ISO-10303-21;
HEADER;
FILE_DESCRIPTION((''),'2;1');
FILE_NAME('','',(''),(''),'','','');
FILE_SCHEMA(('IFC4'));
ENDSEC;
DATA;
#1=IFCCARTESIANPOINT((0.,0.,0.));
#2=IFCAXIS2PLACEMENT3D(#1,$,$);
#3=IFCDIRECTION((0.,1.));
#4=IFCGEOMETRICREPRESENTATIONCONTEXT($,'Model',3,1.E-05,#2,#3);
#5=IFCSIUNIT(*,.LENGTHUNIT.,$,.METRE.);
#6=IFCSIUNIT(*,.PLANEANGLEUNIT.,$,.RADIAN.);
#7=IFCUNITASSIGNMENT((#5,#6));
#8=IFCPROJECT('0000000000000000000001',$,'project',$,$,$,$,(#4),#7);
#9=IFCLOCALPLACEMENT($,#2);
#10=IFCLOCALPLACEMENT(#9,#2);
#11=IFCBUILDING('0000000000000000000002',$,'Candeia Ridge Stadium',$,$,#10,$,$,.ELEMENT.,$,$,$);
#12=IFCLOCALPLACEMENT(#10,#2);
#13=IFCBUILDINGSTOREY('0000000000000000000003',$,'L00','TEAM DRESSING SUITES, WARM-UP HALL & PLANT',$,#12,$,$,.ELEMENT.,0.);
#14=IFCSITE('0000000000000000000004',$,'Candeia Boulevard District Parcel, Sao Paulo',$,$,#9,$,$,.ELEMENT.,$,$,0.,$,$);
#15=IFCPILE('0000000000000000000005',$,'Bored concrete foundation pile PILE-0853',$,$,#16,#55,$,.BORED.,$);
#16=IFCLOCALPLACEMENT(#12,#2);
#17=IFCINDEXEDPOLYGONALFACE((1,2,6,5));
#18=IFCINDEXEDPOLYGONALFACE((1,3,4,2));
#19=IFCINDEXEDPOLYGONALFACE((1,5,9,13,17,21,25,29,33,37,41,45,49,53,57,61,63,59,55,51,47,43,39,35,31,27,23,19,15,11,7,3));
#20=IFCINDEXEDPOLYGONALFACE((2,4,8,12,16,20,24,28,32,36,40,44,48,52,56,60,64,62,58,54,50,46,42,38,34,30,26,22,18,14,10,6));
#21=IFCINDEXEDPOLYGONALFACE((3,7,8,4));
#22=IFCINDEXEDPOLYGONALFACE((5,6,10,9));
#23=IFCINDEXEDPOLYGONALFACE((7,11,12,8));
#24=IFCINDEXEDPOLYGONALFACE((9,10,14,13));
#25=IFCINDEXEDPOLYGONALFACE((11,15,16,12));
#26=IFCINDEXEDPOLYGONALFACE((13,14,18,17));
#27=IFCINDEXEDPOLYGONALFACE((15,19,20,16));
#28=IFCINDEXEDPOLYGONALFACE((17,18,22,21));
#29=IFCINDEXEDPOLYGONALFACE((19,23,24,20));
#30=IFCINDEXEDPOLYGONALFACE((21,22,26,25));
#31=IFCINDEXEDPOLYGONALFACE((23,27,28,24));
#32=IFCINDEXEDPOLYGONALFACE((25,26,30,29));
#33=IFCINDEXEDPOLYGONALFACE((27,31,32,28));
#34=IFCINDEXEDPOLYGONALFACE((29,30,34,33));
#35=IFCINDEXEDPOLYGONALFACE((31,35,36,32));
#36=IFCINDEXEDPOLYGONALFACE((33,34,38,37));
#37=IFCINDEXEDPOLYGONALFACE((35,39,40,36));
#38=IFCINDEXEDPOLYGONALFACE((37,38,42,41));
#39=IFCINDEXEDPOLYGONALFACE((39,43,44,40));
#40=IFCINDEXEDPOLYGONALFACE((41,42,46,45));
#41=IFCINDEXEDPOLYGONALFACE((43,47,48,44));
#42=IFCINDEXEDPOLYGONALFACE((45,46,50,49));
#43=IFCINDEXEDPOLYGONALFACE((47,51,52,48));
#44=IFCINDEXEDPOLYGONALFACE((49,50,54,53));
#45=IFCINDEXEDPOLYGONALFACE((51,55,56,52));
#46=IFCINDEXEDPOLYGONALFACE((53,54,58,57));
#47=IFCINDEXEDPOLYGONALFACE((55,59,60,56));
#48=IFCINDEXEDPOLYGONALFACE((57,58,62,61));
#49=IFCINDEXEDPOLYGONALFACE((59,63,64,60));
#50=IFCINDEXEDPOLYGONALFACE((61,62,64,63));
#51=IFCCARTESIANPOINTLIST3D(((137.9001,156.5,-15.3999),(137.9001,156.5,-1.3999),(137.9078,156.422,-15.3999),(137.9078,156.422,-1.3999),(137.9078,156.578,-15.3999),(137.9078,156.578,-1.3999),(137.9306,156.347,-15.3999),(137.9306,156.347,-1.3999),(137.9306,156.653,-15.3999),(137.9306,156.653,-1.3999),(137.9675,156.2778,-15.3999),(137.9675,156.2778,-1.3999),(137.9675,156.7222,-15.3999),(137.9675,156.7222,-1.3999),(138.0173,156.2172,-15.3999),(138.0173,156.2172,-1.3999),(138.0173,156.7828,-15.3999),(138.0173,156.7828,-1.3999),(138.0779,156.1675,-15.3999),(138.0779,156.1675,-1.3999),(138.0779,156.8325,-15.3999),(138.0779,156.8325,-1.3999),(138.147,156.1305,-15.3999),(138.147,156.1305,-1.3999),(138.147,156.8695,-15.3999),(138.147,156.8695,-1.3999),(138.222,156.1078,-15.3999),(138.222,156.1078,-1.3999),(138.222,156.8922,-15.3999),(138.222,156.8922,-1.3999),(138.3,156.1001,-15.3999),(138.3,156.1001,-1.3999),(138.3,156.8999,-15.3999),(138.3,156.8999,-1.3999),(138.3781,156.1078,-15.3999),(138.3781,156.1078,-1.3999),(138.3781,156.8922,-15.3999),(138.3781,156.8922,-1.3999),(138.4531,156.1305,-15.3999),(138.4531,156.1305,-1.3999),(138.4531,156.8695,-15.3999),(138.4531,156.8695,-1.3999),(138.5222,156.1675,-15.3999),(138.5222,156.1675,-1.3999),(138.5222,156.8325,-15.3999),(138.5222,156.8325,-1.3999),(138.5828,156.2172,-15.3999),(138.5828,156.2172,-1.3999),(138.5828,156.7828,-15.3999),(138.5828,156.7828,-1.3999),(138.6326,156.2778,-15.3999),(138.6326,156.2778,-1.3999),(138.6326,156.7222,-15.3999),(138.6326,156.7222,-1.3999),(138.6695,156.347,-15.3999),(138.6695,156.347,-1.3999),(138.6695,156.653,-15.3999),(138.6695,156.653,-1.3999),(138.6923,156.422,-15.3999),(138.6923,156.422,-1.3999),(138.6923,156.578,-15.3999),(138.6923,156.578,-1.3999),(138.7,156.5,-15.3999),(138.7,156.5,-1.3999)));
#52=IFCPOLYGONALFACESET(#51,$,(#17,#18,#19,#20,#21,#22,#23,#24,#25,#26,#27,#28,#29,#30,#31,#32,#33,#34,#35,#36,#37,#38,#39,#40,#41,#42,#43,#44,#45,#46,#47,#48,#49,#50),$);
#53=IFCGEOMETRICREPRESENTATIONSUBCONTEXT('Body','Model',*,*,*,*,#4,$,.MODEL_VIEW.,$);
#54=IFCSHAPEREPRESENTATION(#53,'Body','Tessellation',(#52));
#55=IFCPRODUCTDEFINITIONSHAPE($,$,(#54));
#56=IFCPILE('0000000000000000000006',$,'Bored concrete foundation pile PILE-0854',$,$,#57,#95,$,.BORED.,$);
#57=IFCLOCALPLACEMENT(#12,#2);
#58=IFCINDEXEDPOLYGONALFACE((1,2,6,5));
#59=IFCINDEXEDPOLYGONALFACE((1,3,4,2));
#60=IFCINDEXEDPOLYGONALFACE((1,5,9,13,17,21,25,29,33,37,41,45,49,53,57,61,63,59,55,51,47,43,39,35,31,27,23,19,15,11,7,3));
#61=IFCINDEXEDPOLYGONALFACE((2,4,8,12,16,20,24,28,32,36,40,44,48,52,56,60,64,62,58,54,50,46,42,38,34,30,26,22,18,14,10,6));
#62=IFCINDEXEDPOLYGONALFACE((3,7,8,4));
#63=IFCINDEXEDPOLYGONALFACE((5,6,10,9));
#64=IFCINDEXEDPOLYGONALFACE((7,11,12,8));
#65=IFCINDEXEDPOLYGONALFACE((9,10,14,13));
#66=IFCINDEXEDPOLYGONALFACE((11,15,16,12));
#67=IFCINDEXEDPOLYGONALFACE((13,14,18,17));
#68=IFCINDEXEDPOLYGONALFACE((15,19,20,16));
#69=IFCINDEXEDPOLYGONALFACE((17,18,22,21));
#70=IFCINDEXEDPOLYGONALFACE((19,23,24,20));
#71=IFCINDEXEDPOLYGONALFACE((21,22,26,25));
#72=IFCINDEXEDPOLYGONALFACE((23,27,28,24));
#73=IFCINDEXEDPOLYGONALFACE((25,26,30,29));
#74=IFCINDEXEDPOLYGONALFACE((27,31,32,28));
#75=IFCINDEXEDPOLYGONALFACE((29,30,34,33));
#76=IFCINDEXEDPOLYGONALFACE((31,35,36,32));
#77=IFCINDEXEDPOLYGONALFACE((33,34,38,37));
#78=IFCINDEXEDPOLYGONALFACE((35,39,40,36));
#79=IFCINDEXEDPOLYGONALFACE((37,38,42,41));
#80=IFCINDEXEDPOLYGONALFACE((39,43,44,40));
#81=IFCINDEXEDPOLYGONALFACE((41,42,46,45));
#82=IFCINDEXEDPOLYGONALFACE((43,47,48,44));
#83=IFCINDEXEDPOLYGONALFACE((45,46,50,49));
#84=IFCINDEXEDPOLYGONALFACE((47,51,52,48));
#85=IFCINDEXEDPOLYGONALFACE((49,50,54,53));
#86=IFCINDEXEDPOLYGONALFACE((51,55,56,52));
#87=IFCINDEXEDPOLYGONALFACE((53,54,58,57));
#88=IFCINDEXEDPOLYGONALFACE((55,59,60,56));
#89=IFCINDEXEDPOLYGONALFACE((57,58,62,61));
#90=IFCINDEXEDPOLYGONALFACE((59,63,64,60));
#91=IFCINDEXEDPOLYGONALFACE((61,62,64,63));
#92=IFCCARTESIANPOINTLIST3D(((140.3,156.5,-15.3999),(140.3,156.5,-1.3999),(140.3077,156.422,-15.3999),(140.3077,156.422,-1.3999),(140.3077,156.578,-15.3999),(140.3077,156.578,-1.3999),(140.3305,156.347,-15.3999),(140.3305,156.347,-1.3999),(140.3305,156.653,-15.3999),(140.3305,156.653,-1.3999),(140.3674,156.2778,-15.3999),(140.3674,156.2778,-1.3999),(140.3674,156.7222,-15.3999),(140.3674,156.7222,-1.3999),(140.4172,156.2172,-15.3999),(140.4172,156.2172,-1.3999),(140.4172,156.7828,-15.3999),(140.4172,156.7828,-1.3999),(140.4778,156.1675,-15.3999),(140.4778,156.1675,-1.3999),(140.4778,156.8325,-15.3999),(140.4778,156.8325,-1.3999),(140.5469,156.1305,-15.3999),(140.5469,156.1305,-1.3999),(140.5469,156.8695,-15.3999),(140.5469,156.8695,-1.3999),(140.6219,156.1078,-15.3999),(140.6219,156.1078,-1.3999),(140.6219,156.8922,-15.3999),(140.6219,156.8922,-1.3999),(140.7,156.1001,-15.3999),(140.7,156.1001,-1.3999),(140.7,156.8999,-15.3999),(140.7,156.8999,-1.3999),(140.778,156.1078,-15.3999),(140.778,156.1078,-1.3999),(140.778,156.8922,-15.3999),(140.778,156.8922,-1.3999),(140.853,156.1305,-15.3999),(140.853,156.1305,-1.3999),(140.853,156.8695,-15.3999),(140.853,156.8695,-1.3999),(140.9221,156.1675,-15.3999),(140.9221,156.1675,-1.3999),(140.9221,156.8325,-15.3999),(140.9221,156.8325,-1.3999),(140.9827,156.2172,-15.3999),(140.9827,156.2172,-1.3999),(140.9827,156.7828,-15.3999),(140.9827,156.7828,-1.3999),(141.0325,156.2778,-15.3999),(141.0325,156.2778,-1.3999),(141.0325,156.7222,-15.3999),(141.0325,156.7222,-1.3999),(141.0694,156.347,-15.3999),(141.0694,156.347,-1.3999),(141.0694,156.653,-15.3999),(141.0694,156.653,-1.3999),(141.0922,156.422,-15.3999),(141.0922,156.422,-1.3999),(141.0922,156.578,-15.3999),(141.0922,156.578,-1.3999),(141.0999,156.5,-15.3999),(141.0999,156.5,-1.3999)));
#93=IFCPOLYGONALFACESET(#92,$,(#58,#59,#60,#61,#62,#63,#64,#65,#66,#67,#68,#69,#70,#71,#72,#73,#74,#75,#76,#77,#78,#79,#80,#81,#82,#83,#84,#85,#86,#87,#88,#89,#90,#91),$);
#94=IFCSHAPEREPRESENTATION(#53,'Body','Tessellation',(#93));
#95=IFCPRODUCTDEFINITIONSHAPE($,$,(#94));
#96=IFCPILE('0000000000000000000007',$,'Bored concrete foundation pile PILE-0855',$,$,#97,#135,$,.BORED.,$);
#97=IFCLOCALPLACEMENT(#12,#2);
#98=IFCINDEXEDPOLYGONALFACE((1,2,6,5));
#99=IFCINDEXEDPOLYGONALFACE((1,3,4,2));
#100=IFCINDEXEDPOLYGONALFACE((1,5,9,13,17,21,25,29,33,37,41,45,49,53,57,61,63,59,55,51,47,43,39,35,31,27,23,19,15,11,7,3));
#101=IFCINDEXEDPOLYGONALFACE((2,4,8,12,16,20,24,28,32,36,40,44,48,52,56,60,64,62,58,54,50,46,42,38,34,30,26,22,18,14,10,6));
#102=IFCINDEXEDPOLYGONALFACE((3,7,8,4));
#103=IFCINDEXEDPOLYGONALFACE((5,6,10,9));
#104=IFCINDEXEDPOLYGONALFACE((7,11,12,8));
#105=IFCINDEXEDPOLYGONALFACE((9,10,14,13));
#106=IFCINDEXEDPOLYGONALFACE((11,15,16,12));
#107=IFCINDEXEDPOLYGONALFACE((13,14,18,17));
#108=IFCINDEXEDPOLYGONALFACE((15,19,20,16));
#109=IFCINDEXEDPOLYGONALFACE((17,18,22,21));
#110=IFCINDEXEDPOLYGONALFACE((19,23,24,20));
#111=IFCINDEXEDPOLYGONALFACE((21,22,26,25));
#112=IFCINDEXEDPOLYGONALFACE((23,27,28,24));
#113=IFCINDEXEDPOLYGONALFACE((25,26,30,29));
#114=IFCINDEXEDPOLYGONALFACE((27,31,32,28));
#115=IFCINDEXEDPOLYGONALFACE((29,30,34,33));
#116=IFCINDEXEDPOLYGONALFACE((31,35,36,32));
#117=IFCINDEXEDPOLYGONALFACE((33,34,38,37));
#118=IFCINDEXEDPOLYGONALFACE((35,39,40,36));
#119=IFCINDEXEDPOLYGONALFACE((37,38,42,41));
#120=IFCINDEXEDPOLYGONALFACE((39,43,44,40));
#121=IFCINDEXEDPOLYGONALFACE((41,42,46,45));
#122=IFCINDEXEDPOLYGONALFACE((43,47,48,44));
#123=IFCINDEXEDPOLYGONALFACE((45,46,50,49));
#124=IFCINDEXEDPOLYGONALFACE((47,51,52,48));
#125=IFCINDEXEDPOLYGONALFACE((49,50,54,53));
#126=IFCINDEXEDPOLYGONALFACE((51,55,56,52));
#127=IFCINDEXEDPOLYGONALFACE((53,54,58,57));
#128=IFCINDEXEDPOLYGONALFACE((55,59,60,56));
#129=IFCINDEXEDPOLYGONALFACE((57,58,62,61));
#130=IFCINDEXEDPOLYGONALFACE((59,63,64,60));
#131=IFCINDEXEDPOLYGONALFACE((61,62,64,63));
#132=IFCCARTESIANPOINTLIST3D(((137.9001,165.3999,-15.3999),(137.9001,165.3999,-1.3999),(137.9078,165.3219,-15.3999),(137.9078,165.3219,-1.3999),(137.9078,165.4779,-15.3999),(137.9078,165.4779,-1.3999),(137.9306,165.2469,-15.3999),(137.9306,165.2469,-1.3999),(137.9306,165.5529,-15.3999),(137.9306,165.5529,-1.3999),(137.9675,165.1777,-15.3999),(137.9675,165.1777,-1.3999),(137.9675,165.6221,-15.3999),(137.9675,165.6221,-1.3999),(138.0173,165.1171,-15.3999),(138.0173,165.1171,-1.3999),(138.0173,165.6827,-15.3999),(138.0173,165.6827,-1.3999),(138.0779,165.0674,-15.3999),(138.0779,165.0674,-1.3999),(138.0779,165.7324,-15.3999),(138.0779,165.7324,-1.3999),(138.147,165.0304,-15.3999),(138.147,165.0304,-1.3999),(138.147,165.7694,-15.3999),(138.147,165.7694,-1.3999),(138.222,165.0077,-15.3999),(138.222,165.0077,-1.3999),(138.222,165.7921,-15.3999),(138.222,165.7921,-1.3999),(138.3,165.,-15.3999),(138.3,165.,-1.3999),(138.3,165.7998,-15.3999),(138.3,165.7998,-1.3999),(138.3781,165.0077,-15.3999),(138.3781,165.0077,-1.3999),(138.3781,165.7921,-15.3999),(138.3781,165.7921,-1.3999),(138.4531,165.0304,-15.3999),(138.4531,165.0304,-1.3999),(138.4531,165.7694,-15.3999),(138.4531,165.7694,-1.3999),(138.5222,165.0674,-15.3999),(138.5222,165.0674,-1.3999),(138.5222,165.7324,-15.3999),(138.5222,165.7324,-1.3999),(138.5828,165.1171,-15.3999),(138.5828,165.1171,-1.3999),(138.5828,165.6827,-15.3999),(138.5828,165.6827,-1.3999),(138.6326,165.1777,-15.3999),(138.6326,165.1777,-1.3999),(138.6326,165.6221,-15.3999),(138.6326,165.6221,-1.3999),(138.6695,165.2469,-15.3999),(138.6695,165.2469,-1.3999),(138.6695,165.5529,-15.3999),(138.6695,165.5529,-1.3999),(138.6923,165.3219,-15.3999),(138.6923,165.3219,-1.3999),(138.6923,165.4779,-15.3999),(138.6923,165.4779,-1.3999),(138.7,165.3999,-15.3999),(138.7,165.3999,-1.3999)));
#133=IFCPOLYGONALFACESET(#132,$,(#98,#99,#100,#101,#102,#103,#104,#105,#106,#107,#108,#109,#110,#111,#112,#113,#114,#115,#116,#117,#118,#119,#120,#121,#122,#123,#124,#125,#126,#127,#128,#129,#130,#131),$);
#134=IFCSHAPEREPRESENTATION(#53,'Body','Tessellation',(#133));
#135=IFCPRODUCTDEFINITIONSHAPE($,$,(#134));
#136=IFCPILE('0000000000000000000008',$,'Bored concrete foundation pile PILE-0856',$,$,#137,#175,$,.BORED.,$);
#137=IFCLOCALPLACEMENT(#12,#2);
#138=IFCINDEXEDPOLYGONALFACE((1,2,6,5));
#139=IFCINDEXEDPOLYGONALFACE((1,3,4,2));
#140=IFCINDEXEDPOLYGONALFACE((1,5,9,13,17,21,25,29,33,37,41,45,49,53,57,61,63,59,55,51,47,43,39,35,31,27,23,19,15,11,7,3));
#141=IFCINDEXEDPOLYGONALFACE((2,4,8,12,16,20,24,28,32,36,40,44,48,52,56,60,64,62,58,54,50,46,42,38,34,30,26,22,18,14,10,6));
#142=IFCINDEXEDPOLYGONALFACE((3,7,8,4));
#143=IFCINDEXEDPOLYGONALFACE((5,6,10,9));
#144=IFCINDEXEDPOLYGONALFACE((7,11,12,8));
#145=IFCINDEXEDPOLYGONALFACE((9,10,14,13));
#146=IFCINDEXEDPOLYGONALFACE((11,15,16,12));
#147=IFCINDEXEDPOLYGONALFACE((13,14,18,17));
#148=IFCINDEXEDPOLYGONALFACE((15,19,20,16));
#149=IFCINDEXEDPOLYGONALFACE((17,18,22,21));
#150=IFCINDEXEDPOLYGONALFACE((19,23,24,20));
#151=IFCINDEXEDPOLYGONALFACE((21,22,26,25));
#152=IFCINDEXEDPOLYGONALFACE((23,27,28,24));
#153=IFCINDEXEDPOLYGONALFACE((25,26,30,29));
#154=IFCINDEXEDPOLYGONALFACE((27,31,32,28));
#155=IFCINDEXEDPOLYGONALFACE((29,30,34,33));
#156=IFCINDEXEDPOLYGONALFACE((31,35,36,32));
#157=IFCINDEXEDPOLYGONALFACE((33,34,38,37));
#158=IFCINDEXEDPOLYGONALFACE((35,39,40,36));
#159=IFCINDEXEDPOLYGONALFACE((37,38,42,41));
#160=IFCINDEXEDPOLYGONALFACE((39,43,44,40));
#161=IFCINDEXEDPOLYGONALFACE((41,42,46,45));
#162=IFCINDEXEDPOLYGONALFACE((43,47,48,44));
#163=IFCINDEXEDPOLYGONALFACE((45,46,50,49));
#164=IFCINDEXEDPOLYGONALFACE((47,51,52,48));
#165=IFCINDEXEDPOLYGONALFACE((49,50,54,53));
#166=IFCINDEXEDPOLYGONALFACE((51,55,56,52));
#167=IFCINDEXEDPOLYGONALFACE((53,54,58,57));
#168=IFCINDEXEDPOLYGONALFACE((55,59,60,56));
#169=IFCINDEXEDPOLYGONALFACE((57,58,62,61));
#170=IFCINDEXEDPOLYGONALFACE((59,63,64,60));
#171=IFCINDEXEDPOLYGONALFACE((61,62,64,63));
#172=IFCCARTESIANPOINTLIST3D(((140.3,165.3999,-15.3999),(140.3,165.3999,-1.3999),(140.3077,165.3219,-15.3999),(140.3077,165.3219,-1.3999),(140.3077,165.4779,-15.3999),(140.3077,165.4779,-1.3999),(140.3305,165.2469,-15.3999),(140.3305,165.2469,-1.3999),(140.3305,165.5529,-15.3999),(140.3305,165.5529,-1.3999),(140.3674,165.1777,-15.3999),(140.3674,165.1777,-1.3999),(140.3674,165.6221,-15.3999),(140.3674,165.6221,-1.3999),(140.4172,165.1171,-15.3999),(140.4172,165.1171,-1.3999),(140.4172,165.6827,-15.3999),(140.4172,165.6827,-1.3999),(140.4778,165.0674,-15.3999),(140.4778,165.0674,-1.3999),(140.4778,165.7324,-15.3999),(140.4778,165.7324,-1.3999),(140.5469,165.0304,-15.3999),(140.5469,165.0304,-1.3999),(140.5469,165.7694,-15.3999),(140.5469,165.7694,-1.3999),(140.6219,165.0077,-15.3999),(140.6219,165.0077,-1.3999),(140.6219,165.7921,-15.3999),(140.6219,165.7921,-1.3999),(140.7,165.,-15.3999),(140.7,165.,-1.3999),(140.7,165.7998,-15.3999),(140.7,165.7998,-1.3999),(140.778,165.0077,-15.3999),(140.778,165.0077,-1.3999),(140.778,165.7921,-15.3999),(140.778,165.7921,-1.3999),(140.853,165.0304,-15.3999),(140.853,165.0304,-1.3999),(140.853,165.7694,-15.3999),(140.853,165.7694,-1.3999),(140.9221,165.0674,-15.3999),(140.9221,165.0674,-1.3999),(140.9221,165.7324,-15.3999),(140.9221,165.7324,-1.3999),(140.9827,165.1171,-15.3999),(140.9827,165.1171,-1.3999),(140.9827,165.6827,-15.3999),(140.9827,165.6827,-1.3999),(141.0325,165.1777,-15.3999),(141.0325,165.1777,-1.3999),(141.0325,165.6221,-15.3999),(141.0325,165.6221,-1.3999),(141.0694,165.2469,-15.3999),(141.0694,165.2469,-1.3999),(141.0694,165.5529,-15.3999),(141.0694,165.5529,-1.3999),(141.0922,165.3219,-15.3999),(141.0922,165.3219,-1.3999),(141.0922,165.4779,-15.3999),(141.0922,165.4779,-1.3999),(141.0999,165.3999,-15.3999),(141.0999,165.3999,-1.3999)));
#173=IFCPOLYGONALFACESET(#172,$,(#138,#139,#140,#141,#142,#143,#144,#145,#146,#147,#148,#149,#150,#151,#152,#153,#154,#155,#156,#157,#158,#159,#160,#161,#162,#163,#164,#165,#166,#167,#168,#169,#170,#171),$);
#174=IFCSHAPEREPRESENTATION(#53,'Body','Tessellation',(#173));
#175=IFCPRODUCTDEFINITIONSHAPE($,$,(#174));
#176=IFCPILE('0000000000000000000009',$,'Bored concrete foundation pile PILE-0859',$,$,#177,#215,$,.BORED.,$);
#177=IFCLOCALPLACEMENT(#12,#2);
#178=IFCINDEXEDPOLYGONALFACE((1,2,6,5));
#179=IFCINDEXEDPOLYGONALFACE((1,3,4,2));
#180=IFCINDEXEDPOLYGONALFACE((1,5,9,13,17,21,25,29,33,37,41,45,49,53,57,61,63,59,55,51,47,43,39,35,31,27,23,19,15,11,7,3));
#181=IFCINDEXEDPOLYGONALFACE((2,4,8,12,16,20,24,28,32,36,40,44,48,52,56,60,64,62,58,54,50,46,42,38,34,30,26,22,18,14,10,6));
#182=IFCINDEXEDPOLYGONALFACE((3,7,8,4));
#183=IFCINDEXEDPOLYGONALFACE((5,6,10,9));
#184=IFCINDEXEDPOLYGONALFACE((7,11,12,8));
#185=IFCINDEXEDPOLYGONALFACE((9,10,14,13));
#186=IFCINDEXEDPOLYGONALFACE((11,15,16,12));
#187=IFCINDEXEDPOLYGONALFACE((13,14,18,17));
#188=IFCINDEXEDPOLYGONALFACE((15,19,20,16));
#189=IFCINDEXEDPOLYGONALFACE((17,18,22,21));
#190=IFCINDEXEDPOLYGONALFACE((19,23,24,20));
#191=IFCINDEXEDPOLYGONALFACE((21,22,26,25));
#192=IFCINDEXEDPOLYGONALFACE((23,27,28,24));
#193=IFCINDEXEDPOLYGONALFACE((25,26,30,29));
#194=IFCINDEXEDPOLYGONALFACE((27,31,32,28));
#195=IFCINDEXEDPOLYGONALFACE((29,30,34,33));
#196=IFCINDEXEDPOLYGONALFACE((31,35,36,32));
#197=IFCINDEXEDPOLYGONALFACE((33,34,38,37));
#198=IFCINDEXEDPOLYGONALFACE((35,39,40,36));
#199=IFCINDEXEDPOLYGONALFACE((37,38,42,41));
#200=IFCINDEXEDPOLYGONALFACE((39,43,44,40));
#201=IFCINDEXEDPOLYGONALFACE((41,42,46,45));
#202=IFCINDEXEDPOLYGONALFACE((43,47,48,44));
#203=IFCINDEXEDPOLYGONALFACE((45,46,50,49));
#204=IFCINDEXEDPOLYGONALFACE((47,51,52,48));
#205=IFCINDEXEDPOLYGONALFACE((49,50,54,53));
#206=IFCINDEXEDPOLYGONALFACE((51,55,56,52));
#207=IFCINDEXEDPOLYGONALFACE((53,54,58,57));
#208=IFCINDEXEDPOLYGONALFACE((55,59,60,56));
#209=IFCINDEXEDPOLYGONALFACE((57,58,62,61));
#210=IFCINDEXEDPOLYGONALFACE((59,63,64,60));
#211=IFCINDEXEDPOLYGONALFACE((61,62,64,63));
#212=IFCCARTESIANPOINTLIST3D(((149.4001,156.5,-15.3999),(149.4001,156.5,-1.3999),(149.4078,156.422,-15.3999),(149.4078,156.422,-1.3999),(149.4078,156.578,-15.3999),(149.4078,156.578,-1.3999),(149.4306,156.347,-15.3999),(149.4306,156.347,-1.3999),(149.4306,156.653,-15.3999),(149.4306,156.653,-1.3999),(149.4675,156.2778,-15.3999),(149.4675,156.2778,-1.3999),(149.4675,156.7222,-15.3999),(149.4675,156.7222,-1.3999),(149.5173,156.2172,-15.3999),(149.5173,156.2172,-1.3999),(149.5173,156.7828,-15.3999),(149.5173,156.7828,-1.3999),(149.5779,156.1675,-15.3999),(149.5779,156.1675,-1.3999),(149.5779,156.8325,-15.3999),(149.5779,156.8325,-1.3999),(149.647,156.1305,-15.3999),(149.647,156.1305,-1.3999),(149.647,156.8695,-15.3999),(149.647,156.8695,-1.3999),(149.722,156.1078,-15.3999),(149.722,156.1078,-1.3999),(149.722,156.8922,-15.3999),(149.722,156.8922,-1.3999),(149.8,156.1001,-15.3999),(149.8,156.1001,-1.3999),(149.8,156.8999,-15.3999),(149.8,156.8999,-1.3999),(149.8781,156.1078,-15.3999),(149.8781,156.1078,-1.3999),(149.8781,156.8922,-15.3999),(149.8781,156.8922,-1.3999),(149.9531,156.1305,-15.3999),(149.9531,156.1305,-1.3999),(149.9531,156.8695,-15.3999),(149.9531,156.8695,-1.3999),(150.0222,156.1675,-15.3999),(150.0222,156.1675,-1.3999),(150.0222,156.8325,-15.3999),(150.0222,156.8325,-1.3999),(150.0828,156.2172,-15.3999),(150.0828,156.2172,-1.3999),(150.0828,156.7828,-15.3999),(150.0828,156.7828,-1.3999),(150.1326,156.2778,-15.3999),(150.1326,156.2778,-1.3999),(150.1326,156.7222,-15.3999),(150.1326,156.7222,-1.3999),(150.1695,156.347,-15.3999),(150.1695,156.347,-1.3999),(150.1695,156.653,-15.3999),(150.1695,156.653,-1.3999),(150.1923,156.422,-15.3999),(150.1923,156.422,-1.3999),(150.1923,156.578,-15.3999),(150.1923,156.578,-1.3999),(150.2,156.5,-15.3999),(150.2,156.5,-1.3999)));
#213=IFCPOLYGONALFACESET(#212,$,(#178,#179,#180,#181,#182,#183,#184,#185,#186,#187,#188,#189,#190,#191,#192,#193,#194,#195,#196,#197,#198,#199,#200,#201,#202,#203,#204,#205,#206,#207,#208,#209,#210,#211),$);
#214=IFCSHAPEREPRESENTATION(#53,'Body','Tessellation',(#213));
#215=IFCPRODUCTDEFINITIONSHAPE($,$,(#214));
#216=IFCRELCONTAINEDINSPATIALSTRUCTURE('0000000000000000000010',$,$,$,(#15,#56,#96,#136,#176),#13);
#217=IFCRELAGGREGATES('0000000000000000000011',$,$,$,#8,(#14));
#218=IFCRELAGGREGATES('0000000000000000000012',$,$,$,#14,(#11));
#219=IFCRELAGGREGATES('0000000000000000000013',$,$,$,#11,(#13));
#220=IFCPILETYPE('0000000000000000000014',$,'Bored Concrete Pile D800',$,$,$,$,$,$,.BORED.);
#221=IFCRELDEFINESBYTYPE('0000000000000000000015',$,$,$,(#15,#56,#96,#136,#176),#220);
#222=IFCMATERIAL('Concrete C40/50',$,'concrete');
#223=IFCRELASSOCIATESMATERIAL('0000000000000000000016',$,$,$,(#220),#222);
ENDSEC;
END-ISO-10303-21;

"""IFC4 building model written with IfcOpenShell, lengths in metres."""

from ifc_helpers import new_model, si_unit, direction, frame, origin, origin_2d, place, context, subcontext, project, spatial, circle, extrude, material, material_profile, profile_set, type_object, element, save


model = new_model("IFC4")

# Units and contexts
model_context = context("Model", 3, precision=1e-05, world=origin(), true_north=direction((0.0, 1.0)))
body_context = subcontext(model_context, "Body", "Model", "MODEL_VIEW")
ifc_project = project(units=[si_unit("LENGTHUNIT", "METRE"), si_unit("PLANEANGLEUNIT", "RADIAN")], contexts=[model_context])

# Site, building, storey
site_placement = place(None, origin())
site = spatial("IfcSite", under=ifc_project, at=site_placement, Name="Candeia Boulevard District Parcel, Sao Paulo", CompositionType="ELEMENT", RefElevation=0.0)
building_placement = place(site_placement, origin())
building = spatial("IfcBuilding", under=site, at=building_placement, Name="Candeia Ridge Stadium", CompositionType="ELEMENT")
storey_placement = place(building_placement, origin())
storey = spatial("IfcBuildingStorey", under=building, at=storey_placement, Name="L00", Description="TEAM DRESSING SUITES, WARM-UP HALL & PLANT", CompositionType="ELEMENT", Elevation=0.0)

# Piles
ifc_material_1 = material(Name="Concrete C40/50", Category="concrete")
ifc_material_profile_1 = material_profile(ifc_material_1, circle(Radius=0.3999, at=origin_2d()), Name="PILE-D800", Category="concrete")
ifc_profile_set_1 = profile_set([ifc_material_profile_1], Name="Concrete C40/50")
pile_type = type_object("IfcPileType", Name="Bored Concrete Pile D800", PredefinedType="BORED", material=ifc_profile_set_1)
for number, where, z_axis, x_axis, name in (
    (1, (138.3, 156.5, -1.3999), (0.0, 0.0, -1.0), (1.0, 0.0, 0.0), "Bored concrete foundation pile PILE-0853"),
    (2, (140.7, 156.5, -1.3999), (0.0, 0.0, -1.0), (1.0, 0.0, 0.0), "Bored concrete foundation pile PILE-0854"),
    (3, (138.3, 165.3999, -1.3999), (0.0, 0.0, -1.0), (1.0, 0.0, 0.0), "Bored concrete foundation pile PILE-0855"),
    (4, (140.7, 165.3999, -1.3999), (0.0, 0.0, -1.0), (1.0, 0.0, 0.0), "Bored concrete foundation pile PILE-0856"),
    (5, (149.8, 156.5, -1.3999), (0.0, 0.0, -1.0), (1.0, 0.0, 0.0), "Bored concrete foundation pile PILE-0859"),
):
    element("IfcPile", number, at=place(storey_placement, frame(where, z_axis=z_axis, x_axis=x_axis)), inside=storey, type_object=pile_type, Name=name, PredefinedType="BORED", context=body_context, shape_type="SweptSolid", body=[
        extrude(circle(Radius=0.3999, at=origin_2d()), origin(), (0.0, 0.0, 1.0), 14.0),
    ])

save(model, "model.ifc")
